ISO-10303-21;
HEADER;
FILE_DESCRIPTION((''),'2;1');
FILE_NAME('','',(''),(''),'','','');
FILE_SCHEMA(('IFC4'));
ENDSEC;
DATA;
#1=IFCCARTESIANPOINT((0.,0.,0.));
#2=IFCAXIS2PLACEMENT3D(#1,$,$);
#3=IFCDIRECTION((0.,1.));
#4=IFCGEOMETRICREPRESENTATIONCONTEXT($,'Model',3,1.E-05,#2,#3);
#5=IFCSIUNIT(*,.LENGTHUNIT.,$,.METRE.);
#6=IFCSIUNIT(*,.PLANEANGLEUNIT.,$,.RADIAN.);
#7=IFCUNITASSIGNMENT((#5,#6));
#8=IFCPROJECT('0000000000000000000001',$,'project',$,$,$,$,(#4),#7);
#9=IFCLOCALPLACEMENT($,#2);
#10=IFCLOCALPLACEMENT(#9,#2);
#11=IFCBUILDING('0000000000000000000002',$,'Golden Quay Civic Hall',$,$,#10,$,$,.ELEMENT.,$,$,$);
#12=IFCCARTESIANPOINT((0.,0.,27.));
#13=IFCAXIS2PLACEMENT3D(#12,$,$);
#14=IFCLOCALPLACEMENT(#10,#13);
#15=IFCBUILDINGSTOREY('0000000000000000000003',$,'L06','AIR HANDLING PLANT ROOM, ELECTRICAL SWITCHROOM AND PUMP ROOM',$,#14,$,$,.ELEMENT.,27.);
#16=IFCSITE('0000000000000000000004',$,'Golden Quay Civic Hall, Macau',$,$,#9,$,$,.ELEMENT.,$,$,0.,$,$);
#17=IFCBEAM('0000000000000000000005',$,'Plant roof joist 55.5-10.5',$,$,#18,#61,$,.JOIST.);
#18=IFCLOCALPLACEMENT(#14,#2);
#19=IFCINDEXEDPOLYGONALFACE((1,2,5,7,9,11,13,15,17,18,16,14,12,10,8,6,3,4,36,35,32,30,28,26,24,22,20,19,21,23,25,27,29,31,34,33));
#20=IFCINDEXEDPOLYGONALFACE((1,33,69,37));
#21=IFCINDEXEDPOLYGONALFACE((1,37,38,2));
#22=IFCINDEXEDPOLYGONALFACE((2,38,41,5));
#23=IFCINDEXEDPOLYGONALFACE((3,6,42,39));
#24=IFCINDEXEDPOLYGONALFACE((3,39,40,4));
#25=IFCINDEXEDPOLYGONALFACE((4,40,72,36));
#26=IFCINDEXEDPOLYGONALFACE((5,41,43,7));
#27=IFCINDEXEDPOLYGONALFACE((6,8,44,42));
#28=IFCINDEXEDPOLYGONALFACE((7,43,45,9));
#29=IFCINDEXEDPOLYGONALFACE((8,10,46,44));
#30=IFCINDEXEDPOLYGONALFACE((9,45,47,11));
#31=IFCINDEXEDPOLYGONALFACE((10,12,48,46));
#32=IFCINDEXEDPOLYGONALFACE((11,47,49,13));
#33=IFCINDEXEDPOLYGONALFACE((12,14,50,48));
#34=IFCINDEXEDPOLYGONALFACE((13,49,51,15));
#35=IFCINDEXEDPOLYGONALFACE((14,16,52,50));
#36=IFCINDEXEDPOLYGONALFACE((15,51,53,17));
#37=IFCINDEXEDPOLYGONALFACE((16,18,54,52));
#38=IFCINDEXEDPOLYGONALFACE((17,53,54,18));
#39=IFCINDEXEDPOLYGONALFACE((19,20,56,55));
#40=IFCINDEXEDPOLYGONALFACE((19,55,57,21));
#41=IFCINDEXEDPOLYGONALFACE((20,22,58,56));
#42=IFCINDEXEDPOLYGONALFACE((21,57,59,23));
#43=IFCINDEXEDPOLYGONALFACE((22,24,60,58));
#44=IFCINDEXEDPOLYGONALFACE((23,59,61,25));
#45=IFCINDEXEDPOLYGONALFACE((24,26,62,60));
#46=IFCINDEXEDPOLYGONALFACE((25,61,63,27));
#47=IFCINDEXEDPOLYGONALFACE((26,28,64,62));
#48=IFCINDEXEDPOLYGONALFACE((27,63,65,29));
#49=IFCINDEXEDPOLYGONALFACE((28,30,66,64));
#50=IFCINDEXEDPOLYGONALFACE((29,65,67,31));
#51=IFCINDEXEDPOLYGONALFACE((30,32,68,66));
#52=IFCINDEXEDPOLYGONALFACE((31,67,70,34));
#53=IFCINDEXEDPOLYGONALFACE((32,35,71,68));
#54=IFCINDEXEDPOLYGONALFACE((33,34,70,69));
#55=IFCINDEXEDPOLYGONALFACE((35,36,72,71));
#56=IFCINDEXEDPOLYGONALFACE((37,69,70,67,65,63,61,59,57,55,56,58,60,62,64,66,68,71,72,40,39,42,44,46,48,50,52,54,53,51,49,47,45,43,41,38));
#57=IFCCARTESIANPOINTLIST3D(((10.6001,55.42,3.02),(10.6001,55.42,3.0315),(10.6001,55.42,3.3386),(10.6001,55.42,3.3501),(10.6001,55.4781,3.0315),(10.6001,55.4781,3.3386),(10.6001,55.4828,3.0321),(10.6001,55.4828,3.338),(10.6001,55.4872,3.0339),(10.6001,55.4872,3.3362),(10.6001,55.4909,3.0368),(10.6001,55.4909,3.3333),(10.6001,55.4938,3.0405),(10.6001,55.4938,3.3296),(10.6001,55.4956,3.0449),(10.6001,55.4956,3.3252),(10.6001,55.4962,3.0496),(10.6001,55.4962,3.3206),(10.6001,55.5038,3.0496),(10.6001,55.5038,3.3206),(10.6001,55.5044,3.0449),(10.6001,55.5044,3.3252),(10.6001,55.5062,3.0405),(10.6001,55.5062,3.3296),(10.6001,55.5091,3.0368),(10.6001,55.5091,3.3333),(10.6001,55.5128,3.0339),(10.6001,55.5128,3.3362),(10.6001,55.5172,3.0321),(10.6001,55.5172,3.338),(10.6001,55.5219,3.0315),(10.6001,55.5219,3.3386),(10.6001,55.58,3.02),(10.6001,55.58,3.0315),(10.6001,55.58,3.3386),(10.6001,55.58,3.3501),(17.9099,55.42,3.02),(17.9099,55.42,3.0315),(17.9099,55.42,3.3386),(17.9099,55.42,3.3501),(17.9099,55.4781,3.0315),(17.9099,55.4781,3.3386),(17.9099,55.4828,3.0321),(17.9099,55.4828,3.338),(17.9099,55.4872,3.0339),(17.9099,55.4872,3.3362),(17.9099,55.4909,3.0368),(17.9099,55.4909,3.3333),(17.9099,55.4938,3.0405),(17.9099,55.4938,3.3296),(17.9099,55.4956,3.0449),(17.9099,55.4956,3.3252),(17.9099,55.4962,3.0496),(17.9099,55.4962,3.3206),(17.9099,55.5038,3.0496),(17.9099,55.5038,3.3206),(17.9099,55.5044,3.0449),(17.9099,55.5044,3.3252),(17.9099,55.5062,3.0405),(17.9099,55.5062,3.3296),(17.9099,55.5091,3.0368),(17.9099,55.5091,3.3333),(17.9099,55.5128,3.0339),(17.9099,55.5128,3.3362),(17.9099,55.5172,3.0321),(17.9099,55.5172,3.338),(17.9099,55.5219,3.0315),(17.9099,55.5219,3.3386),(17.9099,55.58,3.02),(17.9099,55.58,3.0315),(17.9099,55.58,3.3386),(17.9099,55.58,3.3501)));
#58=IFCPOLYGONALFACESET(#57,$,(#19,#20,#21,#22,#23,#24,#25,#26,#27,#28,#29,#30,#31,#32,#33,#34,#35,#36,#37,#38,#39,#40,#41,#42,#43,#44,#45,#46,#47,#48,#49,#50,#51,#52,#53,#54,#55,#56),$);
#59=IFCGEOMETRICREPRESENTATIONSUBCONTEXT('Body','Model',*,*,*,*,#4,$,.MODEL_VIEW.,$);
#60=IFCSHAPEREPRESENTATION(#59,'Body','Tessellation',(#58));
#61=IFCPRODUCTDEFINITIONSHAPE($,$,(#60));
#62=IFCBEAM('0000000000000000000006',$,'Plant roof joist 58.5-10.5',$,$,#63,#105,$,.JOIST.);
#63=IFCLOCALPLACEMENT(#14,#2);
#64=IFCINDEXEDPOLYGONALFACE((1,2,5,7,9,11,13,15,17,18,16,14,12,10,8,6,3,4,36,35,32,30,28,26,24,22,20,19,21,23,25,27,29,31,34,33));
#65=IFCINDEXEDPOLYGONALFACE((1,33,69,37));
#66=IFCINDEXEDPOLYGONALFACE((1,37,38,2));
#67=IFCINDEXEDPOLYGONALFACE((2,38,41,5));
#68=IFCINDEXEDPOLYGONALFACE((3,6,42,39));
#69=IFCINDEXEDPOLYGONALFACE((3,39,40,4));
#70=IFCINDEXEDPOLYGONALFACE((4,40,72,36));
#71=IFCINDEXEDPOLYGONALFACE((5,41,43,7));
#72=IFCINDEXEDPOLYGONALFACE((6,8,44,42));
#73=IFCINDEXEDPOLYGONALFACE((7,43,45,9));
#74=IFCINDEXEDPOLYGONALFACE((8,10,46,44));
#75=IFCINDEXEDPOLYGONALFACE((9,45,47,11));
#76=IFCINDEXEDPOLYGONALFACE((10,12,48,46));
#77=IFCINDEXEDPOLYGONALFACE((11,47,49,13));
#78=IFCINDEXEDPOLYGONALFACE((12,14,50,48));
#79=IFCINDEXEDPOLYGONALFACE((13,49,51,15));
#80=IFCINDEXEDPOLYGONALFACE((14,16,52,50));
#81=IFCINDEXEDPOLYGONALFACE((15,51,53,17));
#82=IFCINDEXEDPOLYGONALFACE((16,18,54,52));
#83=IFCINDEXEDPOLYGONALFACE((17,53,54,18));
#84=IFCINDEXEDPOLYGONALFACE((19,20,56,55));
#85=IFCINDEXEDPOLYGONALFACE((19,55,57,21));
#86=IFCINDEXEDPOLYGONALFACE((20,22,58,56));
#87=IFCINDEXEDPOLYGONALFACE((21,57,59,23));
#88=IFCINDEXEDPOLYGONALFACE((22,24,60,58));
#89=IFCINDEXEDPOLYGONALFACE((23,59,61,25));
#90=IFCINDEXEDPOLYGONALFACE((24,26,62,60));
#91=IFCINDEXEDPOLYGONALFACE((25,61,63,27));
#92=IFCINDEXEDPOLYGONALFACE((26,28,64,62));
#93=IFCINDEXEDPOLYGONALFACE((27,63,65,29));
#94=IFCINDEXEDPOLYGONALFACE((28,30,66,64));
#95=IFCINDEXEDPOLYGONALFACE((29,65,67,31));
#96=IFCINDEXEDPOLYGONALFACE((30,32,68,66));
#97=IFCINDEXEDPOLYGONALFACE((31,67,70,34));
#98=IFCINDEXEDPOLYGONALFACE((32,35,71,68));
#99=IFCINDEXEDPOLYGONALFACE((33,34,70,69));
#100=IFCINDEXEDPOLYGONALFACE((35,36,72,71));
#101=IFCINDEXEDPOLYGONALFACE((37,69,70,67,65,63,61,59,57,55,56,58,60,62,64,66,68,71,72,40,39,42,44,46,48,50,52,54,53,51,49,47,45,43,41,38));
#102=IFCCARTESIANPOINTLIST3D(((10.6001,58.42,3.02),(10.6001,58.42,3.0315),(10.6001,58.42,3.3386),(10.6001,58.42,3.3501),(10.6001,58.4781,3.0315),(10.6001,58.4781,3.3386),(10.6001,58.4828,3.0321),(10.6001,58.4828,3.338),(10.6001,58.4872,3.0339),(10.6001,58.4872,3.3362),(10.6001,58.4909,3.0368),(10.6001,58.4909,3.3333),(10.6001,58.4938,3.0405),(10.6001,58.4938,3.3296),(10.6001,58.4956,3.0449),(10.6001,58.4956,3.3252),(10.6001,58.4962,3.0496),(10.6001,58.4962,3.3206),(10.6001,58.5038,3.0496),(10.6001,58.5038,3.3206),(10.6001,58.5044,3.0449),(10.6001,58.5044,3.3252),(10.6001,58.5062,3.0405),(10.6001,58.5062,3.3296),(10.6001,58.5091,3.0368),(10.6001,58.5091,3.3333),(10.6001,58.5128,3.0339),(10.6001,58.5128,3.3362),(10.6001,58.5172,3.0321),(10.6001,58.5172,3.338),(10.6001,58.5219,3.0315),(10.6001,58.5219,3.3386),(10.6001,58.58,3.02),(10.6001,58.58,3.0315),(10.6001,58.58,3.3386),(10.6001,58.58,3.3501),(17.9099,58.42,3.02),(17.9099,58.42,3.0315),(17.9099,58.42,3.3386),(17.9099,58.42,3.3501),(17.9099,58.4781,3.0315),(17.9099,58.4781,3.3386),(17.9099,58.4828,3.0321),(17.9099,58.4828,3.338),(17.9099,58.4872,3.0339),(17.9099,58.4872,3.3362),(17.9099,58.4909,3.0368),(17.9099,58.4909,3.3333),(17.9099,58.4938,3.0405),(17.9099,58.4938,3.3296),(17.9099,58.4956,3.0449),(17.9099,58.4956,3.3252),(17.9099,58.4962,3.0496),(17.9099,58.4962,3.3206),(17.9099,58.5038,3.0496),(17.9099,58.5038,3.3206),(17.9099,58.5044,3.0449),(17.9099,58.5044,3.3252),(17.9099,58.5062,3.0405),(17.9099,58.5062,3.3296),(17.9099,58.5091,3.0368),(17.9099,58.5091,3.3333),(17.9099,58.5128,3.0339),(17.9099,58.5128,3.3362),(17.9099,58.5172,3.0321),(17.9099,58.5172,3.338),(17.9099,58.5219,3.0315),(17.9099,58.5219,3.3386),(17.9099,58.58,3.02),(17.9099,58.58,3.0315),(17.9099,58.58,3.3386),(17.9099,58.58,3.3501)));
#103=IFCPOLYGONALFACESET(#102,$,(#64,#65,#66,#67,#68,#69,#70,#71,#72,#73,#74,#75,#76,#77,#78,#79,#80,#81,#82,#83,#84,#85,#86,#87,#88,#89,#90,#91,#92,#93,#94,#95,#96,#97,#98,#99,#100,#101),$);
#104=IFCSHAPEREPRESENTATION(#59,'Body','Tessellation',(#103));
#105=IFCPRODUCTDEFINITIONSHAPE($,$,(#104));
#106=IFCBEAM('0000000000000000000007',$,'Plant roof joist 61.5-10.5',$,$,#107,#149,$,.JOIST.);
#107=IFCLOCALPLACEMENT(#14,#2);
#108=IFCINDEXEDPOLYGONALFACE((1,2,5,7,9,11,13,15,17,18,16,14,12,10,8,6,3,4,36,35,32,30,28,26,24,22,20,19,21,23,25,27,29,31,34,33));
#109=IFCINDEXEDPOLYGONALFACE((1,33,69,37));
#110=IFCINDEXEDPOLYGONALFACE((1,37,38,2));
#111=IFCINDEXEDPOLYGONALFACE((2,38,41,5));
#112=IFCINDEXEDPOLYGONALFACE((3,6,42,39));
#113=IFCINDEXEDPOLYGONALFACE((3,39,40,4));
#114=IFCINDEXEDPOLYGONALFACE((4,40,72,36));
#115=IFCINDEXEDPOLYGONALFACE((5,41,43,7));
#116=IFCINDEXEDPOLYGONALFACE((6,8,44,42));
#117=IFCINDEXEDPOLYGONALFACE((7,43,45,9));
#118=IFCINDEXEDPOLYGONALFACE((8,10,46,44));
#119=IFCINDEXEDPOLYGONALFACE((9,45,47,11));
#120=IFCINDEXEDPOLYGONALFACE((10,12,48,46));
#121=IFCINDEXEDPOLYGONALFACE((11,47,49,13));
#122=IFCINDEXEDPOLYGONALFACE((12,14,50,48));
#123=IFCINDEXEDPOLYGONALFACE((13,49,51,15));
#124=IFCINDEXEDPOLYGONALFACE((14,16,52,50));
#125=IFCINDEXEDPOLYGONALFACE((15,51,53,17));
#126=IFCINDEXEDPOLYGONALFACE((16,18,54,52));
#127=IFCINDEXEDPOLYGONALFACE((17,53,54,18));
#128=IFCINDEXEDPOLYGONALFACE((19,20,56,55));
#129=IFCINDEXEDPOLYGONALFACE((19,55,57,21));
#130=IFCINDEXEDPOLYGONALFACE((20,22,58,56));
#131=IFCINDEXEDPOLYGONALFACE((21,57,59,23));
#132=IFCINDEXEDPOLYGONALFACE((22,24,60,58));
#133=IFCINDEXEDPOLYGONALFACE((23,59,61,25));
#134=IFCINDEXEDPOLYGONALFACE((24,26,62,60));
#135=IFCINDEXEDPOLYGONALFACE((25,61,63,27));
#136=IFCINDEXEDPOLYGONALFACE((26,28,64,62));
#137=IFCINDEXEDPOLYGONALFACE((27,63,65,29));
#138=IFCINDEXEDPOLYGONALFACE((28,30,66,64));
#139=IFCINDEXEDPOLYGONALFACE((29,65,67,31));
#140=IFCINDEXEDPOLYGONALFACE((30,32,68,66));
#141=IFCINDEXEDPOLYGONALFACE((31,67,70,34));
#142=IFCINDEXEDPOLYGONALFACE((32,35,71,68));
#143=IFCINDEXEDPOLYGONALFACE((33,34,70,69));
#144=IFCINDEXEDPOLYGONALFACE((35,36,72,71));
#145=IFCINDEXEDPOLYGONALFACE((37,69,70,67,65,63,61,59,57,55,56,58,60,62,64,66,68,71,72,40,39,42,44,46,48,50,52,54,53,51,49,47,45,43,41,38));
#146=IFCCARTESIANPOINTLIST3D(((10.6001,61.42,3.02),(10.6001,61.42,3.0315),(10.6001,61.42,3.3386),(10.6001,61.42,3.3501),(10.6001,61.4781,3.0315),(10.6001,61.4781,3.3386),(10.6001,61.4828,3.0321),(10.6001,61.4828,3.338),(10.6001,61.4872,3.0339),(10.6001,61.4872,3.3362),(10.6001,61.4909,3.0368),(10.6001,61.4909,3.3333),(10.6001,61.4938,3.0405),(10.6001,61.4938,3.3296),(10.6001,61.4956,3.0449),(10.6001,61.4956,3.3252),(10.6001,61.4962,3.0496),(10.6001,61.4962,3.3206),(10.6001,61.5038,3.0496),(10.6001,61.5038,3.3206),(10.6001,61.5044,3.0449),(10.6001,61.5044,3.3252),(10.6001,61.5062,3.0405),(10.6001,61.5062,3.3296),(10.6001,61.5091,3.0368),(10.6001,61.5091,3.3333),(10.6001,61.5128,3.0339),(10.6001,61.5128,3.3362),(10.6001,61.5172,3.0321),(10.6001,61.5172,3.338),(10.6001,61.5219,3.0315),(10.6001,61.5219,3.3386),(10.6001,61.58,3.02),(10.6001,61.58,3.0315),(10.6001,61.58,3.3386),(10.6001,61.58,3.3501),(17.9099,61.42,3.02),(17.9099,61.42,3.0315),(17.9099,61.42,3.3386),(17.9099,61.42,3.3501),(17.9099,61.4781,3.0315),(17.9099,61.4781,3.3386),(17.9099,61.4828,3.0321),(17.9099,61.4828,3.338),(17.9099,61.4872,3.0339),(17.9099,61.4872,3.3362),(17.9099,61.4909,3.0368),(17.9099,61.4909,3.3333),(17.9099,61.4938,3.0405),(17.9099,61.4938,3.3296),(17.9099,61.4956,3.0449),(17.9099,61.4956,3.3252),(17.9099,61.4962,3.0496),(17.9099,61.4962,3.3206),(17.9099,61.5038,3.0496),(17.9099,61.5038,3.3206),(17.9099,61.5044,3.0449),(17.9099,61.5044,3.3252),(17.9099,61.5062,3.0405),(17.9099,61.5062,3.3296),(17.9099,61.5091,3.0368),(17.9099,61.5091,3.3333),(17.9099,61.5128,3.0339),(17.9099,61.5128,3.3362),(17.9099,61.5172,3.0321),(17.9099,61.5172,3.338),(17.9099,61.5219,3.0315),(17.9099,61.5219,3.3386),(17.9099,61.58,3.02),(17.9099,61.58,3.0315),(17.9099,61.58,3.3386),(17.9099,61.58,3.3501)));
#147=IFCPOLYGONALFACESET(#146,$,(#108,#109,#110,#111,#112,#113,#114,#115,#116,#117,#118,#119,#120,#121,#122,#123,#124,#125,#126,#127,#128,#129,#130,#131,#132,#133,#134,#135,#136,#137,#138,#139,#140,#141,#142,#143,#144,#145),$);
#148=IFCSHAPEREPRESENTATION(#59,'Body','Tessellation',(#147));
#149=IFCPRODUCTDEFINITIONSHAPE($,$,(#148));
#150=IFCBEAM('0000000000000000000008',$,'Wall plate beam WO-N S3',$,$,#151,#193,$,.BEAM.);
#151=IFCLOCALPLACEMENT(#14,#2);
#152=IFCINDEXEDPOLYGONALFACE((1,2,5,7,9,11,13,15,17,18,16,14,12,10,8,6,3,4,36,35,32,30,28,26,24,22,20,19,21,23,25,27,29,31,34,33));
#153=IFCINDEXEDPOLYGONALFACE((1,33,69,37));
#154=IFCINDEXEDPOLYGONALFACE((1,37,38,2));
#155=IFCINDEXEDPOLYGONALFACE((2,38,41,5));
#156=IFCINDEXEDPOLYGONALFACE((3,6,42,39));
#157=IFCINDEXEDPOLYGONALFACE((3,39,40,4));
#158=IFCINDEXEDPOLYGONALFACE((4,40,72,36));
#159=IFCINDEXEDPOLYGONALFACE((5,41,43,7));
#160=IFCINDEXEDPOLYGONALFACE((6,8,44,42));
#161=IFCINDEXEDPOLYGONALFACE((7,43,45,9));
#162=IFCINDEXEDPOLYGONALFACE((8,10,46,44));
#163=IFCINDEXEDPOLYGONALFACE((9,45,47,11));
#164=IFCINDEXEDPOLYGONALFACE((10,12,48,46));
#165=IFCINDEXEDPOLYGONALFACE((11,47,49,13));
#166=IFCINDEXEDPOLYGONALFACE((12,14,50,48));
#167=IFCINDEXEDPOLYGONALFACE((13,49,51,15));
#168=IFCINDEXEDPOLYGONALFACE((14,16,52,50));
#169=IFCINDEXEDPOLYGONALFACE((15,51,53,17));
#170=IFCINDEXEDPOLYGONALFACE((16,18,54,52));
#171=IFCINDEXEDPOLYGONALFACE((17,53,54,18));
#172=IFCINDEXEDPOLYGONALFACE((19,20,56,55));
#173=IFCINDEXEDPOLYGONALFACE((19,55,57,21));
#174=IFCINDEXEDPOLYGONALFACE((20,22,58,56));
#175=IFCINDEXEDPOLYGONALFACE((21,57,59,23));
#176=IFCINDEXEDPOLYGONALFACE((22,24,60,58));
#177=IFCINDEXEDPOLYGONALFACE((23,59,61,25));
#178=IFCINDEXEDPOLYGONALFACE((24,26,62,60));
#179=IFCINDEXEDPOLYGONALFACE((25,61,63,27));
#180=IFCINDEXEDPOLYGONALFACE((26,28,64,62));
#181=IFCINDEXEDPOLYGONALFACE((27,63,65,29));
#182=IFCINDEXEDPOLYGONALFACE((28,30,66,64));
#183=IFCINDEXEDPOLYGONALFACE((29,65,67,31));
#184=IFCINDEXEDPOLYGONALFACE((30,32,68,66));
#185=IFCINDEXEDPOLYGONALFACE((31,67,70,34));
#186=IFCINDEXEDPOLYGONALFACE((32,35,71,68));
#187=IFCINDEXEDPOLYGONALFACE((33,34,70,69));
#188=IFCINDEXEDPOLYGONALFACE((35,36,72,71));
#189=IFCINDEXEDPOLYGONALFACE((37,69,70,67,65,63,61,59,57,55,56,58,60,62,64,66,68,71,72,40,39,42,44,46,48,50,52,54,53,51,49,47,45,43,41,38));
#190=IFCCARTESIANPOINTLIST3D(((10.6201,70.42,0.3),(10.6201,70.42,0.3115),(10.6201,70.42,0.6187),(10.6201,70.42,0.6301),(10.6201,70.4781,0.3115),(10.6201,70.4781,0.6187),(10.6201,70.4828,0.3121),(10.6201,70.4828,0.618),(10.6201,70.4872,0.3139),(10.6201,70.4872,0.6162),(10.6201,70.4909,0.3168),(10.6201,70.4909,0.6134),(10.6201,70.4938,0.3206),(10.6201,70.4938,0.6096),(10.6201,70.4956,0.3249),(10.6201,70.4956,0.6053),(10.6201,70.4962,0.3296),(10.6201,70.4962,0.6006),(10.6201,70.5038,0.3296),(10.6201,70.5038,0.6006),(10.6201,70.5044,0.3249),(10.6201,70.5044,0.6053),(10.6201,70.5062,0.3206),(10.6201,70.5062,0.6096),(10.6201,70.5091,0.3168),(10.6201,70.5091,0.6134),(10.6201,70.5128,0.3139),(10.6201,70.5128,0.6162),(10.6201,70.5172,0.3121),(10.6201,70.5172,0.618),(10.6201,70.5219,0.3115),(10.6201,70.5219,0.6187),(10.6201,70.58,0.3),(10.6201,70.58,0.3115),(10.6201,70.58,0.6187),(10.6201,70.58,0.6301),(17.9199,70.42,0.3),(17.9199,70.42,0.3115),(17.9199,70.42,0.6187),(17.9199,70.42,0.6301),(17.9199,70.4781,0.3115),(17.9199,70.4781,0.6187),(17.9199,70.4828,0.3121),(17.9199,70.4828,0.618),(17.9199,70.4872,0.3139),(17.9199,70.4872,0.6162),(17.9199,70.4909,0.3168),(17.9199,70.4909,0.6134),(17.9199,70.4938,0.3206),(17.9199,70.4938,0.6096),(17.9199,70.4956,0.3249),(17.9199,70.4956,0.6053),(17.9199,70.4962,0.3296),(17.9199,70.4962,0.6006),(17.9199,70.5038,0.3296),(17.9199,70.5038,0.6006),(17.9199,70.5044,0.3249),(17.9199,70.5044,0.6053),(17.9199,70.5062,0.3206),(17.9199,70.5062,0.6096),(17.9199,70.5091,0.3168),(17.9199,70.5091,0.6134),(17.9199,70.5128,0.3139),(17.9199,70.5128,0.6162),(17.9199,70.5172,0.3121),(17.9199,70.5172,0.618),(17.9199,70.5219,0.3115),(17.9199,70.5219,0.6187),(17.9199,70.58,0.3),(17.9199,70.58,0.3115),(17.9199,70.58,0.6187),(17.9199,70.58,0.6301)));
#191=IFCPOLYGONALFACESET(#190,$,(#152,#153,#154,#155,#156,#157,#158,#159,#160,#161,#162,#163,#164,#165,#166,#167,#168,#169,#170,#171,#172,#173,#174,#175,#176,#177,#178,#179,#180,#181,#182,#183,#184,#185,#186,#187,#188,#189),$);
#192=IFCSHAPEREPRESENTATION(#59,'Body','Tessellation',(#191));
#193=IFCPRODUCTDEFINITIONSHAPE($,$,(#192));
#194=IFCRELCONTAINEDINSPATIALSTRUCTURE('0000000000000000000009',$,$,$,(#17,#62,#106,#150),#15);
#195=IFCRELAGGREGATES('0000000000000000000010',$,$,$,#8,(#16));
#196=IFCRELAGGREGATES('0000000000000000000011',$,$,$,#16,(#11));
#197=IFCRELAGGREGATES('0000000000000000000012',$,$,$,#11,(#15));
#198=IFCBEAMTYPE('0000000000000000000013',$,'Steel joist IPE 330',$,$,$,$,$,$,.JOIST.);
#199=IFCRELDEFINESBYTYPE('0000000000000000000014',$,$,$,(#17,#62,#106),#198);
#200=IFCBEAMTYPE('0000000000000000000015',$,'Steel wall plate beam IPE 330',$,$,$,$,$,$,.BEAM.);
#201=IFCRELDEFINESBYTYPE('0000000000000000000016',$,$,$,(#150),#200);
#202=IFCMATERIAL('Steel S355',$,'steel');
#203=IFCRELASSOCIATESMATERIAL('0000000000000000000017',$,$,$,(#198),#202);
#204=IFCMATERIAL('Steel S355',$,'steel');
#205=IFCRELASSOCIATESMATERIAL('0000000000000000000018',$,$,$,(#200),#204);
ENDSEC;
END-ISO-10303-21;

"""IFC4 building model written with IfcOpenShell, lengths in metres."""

from ifc_helpers import new_model, si_unit, direction, frame, origin, origin_2d, place, context, subcontext, project, spatial, i_section, extrude, material, material_profile, profile_set, type_object, element, save


model = new_model("IFC4")

# Units and contexts
model_context = context("Model", 3, precision=1e-05, world=origin(), true_north=direction((0.0, 1.0)))
body_context = subcontext(model_context, "Body", "Model", "MODEL_VIEW")
ifc_project = project(units=[si_unit("LENGTHUNIT", "METRE"), si_unit("PLANEANGLEUNIT", "RADIAN")], contexts=[model_context])

# Site, building, storey
site_placement = place(None, origin())
site = spatial("IfcSite", under=ifc_project, at=site_placement, Name="Golden Quay Civic Hall, Macau", CompositionType="ELEMENT", RefElevation=0.0)
building_placement = place(site_placement, origin())
building = spatial("IfcBuilding", under=site, at=building_placement, Name="Golden Quay Civic Hall", CompositionType="ELEMENT")
storey_placement = place(building_placement, frame((0.0, 0.0, 27.0)))
storey = spatial("IfcBuildingStorey", under=building, at=storey_placement, Name="L06", Description="AIR HANDLING PLANT ROOM, ELECTRICAL SWITCHROOM AND PUMP ROOM", CompositionType="ELEMENT", Elevation=27.0)

# Beams
ifc_material_1 = material(Name="Steel S355", Category="steel")
ifc_material_profile_1 = material_profile(ifc_material_1, i_section(OverallWidth=0.1599, OverallDepth=0.3301, WebThickness=0.0076, FlangeThickness=0.0115, FilletRadius=0.0181, at=origin_2d()), Name="IPE 330")
ifc_profile_set_1 = profile_set([ifc_material_profile_1], Name="Steel S355")
beam_type_1 = type_object("IfcBeamType", Name="Steel joist IPE 330", PredefinedType="JOIST", material=ifc_profile_set_1)
for number, where, z_axis, x_axis, name in (
    (1, (10.6001, 55.5, 3.1851), (1.0, 0.0, 0.0), (0.0, 1.0, 0.0), "Plant roof joist 55.5-10.5"),
    (2, (10.6001, 58.5, 3.1851), (1.0, 0.0, 0.0), (0.0, 1.0, 0.0), "Plant roof joist 58.5-10.5"),
    (3, (10.6001, 61.5, 3.1851), (1.0, 0.0, 0.0), (0.0, 1.0, 0.0), "Plant roof joist 61.5-10.5"),
):
    element("IfcBeam", number, at=place(storey_placement, frame(where, z_axis=z_axis, x_axis=x_axis)), inside=storey, type_object=beam_type_1, Name=name, PredefinedType="JOIST", context=body_context, shape_type="SweptSolid", body=[
        extrude(i_section(OverallWidth=0.1599, OverallDepth=0.3301, WebThickness=0.0076, FlangeThickness=0.0115, FilletRadius=0.0181, at=origin_2d()), origin(), (0.0, 0.0, 1.0), 7.3098),
    ])
ifc_material_2 = material(Name="Steel S355", Category="steel")
ifc_material_profile_2 = material_profile(ifc_material_2, i_section(OverallWidth=0.1599, OverallDepth=0.3301, WebThickness=0.0076, FlangeThickness=0.0115, FilletRadius=0.0181, at=origin_2d()), Name="IPE 330")
ifc_profile_set_2 = profile_set([ifc_material_profile_2], Name="Steel S355")
beam_type_2 = type_object("IfcBeamType", Name="Steel wall plate beam IPE 330", PredefinedType="BEAM", material=ifc_profile_set_2)
beam_1_placement = place(storey_placement, frame((10.6201, 70.5, 0.4651), z_axis=(1.0, 0.0, 0.0), x_axis=(0.0, 1.0, 0.0)))
element("IfcBeam", 4, at=beam_1_placement, inside=storey, type_object=beam_type_2, Name="Wall plate beam WO-N S3", PredefinedType="BEAM", context=body_context, shape_type="SweptSolid", body=[
    extrude(i_section(OverallWidth=0.1599, OverallDepth=0.3301, WebThickness=0.0076, FlangeThickness=0.0115, FilletRadius=0.0181, at=origin_2d()), origin(), (0.0, 0.0, 1.0), 7.2998),
])

save(model, "model.ifc")
